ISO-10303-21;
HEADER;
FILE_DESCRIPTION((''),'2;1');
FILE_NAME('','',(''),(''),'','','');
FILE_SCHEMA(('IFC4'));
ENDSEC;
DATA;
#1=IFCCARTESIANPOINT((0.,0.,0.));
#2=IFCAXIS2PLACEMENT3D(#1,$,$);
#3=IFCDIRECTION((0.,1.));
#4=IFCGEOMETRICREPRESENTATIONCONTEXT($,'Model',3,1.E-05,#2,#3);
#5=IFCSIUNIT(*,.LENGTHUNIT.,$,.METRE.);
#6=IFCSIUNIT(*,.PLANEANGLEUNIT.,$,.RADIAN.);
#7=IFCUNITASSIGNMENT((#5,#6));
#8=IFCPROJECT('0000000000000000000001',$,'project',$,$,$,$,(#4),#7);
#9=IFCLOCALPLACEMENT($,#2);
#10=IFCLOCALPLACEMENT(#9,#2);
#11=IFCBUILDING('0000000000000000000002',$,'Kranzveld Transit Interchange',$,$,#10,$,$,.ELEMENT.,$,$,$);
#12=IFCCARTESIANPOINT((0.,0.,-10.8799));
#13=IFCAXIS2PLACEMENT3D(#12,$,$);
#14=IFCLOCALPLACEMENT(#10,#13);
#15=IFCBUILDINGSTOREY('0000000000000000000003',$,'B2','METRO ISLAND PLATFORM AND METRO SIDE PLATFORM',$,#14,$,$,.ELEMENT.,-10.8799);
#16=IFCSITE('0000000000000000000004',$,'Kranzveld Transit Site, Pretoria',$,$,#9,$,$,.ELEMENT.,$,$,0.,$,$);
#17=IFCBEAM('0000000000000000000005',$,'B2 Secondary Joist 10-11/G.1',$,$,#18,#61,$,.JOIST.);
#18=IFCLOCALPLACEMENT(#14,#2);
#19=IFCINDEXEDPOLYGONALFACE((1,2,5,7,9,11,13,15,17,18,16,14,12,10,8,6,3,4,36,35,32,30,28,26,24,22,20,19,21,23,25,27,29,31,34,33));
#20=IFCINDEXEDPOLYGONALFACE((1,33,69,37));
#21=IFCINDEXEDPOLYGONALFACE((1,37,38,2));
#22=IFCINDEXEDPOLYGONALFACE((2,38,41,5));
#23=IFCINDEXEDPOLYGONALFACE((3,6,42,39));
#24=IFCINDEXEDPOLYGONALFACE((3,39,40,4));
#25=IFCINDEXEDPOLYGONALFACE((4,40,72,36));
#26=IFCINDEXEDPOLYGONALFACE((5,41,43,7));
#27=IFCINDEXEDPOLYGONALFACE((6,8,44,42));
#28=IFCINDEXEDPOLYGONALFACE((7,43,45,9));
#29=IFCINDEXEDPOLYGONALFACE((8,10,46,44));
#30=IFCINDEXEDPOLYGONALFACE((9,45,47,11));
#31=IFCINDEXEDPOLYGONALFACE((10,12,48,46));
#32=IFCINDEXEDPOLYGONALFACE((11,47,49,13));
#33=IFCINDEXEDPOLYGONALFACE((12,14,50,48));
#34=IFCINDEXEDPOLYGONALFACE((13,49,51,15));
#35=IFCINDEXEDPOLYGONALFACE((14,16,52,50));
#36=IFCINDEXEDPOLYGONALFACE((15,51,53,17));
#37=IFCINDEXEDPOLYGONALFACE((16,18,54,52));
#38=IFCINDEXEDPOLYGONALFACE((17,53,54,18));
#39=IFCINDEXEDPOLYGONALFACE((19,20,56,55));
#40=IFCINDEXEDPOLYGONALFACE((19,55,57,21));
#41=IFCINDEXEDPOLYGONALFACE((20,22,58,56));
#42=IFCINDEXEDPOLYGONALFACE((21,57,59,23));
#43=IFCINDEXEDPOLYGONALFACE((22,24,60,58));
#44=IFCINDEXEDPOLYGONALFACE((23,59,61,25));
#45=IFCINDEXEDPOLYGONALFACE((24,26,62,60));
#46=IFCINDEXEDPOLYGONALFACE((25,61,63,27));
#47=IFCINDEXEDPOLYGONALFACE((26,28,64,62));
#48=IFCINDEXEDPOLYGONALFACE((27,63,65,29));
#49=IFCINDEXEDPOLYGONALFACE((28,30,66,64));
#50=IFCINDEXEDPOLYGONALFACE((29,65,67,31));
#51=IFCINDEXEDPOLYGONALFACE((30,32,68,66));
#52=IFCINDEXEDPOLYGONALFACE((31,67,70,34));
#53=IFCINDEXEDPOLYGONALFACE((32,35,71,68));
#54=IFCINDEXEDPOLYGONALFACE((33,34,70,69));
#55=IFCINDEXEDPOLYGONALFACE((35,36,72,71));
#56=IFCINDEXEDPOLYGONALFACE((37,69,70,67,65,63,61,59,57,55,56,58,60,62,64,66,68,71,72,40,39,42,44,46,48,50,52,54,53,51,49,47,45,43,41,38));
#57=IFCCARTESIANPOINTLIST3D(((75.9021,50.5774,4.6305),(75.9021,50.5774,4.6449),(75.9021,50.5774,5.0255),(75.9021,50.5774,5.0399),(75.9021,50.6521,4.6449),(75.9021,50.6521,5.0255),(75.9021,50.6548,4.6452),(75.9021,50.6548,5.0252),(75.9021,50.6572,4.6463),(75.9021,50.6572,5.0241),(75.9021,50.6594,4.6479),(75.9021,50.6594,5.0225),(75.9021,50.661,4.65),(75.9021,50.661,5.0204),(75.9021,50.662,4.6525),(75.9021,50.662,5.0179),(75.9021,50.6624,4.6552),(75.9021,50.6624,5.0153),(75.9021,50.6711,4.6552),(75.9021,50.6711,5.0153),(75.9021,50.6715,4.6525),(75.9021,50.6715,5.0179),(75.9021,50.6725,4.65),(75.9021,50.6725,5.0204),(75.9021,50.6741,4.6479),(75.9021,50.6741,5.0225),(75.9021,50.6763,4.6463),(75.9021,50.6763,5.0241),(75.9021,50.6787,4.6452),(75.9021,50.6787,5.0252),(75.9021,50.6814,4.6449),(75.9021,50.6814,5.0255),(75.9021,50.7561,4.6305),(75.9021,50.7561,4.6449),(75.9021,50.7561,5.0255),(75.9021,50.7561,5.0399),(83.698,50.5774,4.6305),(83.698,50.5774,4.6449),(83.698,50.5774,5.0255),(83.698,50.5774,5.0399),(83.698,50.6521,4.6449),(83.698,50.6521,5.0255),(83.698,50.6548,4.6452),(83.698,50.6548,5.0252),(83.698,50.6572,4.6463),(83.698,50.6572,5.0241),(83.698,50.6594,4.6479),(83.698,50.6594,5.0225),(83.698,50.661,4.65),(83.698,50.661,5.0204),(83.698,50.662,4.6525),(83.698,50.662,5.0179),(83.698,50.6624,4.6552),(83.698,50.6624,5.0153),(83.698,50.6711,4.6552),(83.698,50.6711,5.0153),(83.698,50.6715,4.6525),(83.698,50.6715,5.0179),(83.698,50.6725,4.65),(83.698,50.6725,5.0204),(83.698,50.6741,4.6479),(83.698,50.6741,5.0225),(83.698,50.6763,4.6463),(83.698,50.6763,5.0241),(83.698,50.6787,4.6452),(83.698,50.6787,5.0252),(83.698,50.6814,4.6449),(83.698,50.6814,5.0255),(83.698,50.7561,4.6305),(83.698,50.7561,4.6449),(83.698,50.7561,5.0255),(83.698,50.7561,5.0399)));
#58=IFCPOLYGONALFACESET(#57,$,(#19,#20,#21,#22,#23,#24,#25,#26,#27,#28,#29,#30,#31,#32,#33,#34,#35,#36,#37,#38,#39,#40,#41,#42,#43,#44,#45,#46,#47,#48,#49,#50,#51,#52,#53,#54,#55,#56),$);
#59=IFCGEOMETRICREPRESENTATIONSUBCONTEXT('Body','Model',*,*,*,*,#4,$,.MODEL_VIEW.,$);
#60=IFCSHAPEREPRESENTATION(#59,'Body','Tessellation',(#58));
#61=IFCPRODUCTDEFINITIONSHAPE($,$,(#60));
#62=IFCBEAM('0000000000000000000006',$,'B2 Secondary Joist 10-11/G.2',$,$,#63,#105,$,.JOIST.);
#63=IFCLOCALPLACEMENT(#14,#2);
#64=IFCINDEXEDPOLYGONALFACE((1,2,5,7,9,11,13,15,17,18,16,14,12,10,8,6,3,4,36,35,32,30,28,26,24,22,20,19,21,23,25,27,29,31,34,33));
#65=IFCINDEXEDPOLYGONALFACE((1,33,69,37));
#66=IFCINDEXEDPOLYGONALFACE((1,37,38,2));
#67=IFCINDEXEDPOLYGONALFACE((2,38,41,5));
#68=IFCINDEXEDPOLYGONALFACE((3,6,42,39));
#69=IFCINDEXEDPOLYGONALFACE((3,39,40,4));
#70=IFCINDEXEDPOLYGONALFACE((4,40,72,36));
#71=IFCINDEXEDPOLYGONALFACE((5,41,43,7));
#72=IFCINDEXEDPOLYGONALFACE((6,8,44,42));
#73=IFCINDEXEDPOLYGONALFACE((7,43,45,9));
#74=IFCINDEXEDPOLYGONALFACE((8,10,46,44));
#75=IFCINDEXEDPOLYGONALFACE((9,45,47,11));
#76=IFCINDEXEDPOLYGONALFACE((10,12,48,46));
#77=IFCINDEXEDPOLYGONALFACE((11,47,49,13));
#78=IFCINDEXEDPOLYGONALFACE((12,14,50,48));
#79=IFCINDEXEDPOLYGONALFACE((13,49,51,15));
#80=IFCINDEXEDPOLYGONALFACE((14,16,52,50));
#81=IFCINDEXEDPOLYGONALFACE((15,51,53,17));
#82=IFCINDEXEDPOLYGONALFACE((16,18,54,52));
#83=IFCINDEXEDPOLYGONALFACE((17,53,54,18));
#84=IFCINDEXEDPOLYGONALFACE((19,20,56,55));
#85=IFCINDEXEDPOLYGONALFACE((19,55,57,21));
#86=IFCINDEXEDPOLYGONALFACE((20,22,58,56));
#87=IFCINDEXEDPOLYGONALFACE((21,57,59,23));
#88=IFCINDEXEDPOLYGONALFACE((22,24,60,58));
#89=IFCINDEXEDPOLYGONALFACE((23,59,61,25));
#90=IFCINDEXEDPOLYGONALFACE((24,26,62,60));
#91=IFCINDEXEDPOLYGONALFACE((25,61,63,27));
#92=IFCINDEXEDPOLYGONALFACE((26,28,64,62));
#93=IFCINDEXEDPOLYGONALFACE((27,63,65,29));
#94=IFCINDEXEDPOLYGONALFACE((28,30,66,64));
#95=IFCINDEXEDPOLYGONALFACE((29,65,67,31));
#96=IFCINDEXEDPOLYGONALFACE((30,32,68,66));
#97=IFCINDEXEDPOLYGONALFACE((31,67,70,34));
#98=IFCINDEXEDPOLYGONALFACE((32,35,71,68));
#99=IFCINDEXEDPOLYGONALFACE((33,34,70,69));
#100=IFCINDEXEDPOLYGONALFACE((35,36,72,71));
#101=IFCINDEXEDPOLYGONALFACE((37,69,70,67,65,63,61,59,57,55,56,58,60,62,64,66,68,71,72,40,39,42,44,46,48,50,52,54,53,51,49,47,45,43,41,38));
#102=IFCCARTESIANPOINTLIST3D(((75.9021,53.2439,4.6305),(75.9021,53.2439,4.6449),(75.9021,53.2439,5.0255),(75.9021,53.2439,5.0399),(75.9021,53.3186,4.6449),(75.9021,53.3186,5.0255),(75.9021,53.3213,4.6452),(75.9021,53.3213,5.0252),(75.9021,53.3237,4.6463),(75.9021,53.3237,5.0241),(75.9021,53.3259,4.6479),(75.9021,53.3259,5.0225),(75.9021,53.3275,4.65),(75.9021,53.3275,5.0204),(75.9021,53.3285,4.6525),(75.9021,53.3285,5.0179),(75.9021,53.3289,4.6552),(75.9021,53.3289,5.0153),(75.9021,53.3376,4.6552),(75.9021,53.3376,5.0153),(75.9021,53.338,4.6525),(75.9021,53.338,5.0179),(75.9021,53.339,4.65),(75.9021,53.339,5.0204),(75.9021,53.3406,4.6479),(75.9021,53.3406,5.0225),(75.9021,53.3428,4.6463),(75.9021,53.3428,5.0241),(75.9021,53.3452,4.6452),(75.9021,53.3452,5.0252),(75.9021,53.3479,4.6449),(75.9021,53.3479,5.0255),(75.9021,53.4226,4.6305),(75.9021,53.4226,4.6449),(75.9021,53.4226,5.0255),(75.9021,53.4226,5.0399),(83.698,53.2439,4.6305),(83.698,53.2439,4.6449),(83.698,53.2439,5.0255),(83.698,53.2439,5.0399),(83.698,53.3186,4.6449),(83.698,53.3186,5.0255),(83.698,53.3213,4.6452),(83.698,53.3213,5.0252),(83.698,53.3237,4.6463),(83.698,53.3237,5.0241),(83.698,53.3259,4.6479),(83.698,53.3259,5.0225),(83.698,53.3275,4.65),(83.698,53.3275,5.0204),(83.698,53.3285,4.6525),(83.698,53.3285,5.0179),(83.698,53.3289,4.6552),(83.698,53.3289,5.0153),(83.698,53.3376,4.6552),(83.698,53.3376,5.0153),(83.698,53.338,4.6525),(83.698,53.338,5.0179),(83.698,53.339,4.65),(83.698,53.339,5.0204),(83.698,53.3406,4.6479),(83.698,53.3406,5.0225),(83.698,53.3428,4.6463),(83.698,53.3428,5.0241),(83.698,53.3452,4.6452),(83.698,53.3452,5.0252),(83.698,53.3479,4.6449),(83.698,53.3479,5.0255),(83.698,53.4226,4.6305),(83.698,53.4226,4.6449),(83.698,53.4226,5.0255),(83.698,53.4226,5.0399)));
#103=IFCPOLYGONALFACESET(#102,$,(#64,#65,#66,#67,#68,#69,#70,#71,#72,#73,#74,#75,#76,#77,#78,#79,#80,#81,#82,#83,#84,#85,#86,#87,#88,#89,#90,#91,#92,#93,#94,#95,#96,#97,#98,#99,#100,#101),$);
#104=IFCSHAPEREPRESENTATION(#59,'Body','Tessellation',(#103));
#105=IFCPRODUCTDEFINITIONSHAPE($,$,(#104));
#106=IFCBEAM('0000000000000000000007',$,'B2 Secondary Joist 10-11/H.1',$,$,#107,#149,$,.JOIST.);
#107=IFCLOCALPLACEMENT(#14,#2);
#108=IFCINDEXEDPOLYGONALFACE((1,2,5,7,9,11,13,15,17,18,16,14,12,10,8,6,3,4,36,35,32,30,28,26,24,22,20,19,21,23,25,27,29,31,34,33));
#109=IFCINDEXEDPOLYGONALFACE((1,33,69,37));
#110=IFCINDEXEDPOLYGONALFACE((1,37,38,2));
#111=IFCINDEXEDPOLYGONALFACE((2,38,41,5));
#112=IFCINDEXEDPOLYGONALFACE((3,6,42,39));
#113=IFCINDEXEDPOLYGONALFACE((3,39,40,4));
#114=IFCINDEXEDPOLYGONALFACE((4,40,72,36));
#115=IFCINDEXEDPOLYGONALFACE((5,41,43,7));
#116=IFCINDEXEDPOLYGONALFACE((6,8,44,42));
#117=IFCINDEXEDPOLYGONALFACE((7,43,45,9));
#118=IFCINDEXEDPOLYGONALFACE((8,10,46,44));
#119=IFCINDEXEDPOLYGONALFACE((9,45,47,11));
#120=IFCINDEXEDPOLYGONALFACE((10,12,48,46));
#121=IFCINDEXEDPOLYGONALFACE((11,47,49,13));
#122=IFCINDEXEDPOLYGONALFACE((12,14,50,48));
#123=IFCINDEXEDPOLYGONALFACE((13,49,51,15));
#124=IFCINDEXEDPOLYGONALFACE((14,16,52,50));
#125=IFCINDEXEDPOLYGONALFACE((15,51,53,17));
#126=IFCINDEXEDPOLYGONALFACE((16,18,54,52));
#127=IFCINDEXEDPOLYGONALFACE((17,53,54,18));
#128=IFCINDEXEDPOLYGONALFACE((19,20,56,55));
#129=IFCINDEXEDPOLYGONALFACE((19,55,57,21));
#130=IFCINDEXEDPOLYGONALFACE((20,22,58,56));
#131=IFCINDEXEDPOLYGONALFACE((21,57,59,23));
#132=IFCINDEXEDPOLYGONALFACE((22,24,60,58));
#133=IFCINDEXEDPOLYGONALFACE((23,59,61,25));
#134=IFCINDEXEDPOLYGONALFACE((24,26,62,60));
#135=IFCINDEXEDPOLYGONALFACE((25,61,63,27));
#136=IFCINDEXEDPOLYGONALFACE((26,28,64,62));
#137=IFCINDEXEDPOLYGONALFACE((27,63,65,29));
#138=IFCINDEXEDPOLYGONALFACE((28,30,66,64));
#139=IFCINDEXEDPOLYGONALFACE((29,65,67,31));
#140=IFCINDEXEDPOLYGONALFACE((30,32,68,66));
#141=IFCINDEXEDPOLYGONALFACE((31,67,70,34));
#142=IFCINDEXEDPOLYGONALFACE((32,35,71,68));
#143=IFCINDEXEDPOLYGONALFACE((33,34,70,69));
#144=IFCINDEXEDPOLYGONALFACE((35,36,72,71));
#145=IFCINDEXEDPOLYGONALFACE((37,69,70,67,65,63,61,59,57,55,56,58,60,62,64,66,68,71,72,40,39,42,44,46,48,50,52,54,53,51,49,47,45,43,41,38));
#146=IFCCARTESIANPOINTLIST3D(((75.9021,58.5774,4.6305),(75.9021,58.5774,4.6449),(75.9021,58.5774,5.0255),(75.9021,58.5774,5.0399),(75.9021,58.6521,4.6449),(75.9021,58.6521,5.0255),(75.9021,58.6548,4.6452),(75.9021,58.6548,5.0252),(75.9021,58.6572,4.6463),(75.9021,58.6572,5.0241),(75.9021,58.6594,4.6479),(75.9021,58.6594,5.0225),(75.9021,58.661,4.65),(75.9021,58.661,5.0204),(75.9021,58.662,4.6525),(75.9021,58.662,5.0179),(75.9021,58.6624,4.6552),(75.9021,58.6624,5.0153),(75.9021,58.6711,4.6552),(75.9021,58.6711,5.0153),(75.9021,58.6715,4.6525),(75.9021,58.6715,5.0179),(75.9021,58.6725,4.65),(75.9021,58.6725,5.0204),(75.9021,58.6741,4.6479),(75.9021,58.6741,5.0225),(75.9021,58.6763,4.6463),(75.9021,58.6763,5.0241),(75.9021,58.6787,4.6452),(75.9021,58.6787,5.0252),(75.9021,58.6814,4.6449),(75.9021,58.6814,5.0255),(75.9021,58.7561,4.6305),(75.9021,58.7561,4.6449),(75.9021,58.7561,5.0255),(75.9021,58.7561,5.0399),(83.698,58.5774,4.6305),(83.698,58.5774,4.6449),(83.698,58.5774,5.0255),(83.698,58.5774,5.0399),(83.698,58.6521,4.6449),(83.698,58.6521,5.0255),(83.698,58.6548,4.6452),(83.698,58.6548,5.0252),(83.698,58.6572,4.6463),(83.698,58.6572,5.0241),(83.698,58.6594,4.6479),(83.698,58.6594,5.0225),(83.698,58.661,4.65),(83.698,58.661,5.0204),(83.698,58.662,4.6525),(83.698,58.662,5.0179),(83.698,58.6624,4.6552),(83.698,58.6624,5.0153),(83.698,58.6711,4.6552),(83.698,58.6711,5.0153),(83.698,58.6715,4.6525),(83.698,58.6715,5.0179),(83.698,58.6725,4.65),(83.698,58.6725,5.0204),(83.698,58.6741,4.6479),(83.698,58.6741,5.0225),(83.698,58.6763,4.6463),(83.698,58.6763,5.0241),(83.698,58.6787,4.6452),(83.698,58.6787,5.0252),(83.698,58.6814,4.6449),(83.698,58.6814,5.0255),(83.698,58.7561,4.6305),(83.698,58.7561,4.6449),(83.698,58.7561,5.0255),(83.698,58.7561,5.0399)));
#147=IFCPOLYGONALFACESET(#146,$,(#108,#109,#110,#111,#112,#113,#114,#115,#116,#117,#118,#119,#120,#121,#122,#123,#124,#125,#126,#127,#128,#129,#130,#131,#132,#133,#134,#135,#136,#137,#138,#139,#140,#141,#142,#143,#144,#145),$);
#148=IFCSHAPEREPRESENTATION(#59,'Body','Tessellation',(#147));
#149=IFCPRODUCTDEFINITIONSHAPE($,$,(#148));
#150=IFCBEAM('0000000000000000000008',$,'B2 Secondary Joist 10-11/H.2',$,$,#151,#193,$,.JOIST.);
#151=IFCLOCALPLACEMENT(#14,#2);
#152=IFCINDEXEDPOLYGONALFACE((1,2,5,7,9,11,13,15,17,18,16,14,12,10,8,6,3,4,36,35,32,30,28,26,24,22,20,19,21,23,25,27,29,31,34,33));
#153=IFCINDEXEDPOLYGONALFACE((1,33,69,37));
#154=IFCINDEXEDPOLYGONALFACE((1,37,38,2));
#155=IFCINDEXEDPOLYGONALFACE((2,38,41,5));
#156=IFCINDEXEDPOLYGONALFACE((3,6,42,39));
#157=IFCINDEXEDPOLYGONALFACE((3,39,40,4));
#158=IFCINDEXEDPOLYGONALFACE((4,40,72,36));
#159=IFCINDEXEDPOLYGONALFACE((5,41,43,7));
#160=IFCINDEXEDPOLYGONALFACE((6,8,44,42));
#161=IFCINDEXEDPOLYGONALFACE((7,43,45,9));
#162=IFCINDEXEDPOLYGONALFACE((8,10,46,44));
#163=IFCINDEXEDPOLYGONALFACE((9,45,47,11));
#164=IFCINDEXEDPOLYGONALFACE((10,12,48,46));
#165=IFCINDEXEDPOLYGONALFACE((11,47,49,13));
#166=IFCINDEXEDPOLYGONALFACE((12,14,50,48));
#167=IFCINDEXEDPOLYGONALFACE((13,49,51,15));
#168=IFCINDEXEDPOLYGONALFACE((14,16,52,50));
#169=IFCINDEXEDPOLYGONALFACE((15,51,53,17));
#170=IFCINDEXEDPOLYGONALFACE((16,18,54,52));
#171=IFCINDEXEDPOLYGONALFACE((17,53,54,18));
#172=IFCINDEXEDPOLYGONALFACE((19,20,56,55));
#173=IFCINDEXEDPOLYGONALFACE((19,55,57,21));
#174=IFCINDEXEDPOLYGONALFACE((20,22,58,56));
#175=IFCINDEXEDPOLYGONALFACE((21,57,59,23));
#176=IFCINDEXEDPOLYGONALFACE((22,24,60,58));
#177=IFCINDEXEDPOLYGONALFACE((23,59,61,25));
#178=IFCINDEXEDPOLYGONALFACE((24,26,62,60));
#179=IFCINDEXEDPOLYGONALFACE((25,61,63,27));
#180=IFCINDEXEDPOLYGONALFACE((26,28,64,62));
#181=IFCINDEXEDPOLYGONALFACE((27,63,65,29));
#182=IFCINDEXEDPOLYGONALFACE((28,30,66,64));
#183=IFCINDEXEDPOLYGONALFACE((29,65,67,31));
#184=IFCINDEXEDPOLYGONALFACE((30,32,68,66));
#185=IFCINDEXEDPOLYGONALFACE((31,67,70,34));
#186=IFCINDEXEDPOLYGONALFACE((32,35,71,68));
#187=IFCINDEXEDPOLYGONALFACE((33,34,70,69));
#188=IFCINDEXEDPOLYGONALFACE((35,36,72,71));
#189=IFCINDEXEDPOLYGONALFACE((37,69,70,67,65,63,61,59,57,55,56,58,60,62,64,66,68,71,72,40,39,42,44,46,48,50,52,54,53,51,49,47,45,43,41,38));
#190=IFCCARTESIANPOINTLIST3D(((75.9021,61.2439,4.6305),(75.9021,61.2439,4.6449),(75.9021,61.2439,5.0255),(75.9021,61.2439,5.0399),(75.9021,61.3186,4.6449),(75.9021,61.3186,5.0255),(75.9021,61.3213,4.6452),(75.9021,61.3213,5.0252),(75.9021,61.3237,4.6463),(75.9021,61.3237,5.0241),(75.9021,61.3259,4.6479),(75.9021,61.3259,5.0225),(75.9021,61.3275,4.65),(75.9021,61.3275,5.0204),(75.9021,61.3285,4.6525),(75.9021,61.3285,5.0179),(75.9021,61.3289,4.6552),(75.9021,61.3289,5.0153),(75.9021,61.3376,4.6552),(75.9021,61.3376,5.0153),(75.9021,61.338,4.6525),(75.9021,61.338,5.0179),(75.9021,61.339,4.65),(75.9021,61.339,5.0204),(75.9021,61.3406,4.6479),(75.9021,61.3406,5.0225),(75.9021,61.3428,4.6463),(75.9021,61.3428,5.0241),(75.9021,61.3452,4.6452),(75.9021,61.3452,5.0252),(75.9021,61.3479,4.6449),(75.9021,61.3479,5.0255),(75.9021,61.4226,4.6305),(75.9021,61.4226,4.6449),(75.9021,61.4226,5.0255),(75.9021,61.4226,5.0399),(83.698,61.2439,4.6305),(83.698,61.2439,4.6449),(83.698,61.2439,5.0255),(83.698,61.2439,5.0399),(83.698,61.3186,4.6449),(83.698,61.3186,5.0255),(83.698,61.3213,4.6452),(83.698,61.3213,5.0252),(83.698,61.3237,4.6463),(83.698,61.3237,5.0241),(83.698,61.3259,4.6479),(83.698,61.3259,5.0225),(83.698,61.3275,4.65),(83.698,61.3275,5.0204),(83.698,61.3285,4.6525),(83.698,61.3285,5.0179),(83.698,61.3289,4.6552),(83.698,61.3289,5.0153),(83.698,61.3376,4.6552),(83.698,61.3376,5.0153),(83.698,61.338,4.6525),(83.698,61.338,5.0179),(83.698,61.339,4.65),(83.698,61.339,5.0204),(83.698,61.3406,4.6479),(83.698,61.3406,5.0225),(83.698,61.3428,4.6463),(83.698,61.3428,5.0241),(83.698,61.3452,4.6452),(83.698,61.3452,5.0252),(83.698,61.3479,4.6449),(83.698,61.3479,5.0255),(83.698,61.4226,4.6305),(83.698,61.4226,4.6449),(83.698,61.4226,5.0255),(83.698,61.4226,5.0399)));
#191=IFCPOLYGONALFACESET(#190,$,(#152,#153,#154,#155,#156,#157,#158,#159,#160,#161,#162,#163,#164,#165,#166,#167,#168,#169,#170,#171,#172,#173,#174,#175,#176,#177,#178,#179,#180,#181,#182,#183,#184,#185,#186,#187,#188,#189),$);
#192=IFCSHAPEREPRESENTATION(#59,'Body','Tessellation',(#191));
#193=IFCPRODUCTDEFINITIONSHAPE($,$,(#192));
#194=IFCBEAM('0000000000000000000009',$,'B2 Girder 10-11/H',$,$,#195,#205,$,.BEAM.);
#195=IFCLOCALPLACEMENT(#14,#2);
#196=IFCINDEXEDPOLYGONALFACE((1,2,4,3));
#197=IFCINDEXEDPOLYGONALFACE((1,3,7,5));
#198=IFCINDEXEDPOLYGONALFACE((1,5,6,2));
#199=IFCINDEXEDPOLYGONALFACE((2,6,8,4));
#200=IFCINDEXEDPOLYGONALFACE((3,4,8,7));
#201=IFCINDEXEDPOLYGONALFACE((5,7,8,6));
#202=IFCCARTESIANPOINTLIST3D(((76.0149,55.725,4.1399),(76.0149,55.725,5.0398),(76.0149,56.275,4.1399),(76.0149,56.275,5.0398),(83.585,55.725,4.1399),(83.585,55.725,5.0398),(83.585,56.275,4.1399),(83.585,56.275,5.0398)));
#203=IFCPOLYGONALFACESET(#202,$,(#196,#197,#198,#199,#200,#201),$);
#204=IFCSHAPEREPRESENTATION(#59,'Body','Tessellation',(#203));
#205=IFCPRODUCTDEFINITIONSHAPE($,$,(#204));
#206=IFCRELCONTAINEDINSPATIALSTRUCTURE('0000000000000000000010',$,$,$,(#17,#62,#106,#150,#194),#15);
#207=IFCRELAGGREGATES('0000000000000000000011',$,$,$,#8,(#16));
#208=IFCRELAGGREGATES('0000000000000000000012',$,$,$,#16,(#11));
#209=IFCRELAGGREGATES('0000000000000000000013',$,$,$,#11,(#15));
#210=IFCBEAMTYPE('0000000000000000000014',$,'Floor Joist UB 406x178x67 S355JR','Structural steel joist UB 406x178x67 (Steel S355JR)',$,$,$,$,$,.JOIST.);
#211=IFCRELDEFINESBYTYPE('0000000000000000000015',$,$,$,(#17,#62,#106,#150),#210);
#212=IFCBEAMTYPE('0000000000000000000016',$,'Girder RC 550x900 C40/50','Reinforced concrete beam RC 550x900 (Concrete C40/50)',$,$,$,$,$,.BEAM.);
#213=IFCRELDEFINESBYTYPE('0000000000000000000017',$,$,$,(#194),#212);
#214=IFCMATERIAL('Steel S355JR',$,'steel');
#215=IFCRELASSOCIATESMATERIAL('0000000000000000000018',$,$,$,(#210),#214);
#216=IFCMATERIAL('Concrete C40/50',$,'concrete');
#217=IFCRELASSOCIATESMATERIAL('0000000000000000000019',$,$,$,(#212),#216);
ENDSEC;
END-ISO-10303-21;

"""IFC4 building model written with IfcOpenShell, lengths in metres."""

from ifc_helpers import new_model, si_unit, direction, frame, origin, origin_2d, place, context, subcontext, project, spatial, rectangle, i_section, extrude, material, material_profile, profile_set, type_object, element, save


model = new_model("IFC4")

# Units and contexts
model_context = context("Model", 3, precision=1e-05, world=origin(), true_north=direction((0.0, 1.0)))
body_context = subcontext(model_context, "Body", "Model", "MODEL_VIEW")
ifc_project = project(units=[si_unit("LENGTHUNIT", "METRE"), si_unit("PLANEANGLEUNIT", "RADIAN")], contexts=[model_context])

# Site, building, storey
site_placement = place(None, origin())
site = spatial("IfcSite", under=ifc_project, at=site_placement, Name="Kranzveld Transit Site, Pretoria", CompositionType="ELEMENT", RefElevation=0.0)
building_placement = place(site_placement, origin())
building = spatial("IfcBuilding", under=site, at=building_placement, Name="Kranzveld Transit Interchange", CompositionType="ELEMENT")
storey_placement = place(building_placement, frame((0.0, 0.0, -10.8799)))
storey = spatial("IfcBuildingStorey", under=building, at=storey_placement, Name="B2", Description="METRO ISLAND PLATFORM AND METRO SIDE PLATFORM", CompositionType="ELEMENT", Elevation=-10.8799)

# Beams
ifc_material_1 = material(Name="Steel S355JR", Category="steel")
ifc_material_profile_1 = material_profile(ifc_material_1, i_section(OverallWidth=0.1787, OverallDepth=0.4094, WebThickness=0.0088, FlangeThickness=0.0144, FilletRadius=0.0103, at=origin_2d()), Name="UB 406x178x67")
ifc_profile_set_1 = profile_set([ifc_material_profile_1], Name="Steel S355JR")
beam_type_1 = type_object("IfcBeamType", Name="Floor Joist UB 406x178x67 S355JR", Description="Structural steel joist UB 406x178x67 (Steel S355JR)", PredefinedType="JOIST", material=ifc_profile_set_1)
for number, where, z_axis, x_axis, name in (
    (1, (75.9021, 50.6667, 4.8352), (1.0, 0.0, 0.0), (0.0, 1.0, 0.0), "B2 Secondary Joist 10-11/G.1"),
    (2, (75.9021, 53.3333, 4.8352), (1.0, 0.0, 0.0), (0.0, 1.0, 0.0), "B2 Secondary Joist 10-11/G.2"),
    (3, (75.9021, 58.6667, 4.8352), (1.0, 0.0, 0.0), (0.0, 1.0, 0.0), "B2 Secondary Joist 10-11/H.1"),
    (4, (75.9021, 61.3333, 4.8352), (1.0, 0.0, 0.0), (0.0, 1.0, 0.0), "B2 Secondary Joist 10-11/H.2"),
):
    element("IfcBeam", number, at=place(storey_placement, frame(where, z_axis=z_axis, x_axis=x_axis)), inside=storey, type_object=beam_type_1, Name=name, PredefinedType="JOIST", context=body_context, shape_type="SweptSolid", body=[
        extrude(i_section(OverallWidth=0.1787, OverallDepth=0.4094, WebThickness=0.0088, FlangeThickness=0.0144, FilletRadius=0.0103, at=origin_2d()), origin(), (0.0, 0.0, 1.0), 7.7959),
    ])
ifc_material_2 = material(Name="Concrete C40/50", Category="concrete")
ifc_material_profile_2 = material_profile(ifc_material_2, rectangle(XDim=0.55, YDim=0.8999, at=origin_2d()), Name="RC 550x900")
ifc_profile_set_2 = profile_set([ifc_material_profile_2], Name="Concrete C40/50")
beam_type_2 = type_object("IfcBeamType", Name="Girder RC 550x900 C40/50", Description="Reinforced concrete beam RC 550x900 (Concrete C40/50)", PredefinedType="BEAM", material=ifc_profile_set_2)
beam_1_placement = place(storey_placement, frame((76.0149, 56.0, 4.5898), z_axis=(1.0, 0.0, 0.0), x_axis=(0.0, 1.0, 0.0)))
element("IfcBeam", 5, at=beam_1_placement, inside=storey, type_object=beam_type_2, Name="B2 Girder 10-11/H", PredefinedType="BEAM", context=body_context, shape_type="SweptSolid", body=[
    extrude(rectangle(XDim=0.55, YDim=0.8999, at=origin_2d()), origin(), (0.0, 0.0, 1.0), 7.5701),
])

save(model, "model.ifc")
